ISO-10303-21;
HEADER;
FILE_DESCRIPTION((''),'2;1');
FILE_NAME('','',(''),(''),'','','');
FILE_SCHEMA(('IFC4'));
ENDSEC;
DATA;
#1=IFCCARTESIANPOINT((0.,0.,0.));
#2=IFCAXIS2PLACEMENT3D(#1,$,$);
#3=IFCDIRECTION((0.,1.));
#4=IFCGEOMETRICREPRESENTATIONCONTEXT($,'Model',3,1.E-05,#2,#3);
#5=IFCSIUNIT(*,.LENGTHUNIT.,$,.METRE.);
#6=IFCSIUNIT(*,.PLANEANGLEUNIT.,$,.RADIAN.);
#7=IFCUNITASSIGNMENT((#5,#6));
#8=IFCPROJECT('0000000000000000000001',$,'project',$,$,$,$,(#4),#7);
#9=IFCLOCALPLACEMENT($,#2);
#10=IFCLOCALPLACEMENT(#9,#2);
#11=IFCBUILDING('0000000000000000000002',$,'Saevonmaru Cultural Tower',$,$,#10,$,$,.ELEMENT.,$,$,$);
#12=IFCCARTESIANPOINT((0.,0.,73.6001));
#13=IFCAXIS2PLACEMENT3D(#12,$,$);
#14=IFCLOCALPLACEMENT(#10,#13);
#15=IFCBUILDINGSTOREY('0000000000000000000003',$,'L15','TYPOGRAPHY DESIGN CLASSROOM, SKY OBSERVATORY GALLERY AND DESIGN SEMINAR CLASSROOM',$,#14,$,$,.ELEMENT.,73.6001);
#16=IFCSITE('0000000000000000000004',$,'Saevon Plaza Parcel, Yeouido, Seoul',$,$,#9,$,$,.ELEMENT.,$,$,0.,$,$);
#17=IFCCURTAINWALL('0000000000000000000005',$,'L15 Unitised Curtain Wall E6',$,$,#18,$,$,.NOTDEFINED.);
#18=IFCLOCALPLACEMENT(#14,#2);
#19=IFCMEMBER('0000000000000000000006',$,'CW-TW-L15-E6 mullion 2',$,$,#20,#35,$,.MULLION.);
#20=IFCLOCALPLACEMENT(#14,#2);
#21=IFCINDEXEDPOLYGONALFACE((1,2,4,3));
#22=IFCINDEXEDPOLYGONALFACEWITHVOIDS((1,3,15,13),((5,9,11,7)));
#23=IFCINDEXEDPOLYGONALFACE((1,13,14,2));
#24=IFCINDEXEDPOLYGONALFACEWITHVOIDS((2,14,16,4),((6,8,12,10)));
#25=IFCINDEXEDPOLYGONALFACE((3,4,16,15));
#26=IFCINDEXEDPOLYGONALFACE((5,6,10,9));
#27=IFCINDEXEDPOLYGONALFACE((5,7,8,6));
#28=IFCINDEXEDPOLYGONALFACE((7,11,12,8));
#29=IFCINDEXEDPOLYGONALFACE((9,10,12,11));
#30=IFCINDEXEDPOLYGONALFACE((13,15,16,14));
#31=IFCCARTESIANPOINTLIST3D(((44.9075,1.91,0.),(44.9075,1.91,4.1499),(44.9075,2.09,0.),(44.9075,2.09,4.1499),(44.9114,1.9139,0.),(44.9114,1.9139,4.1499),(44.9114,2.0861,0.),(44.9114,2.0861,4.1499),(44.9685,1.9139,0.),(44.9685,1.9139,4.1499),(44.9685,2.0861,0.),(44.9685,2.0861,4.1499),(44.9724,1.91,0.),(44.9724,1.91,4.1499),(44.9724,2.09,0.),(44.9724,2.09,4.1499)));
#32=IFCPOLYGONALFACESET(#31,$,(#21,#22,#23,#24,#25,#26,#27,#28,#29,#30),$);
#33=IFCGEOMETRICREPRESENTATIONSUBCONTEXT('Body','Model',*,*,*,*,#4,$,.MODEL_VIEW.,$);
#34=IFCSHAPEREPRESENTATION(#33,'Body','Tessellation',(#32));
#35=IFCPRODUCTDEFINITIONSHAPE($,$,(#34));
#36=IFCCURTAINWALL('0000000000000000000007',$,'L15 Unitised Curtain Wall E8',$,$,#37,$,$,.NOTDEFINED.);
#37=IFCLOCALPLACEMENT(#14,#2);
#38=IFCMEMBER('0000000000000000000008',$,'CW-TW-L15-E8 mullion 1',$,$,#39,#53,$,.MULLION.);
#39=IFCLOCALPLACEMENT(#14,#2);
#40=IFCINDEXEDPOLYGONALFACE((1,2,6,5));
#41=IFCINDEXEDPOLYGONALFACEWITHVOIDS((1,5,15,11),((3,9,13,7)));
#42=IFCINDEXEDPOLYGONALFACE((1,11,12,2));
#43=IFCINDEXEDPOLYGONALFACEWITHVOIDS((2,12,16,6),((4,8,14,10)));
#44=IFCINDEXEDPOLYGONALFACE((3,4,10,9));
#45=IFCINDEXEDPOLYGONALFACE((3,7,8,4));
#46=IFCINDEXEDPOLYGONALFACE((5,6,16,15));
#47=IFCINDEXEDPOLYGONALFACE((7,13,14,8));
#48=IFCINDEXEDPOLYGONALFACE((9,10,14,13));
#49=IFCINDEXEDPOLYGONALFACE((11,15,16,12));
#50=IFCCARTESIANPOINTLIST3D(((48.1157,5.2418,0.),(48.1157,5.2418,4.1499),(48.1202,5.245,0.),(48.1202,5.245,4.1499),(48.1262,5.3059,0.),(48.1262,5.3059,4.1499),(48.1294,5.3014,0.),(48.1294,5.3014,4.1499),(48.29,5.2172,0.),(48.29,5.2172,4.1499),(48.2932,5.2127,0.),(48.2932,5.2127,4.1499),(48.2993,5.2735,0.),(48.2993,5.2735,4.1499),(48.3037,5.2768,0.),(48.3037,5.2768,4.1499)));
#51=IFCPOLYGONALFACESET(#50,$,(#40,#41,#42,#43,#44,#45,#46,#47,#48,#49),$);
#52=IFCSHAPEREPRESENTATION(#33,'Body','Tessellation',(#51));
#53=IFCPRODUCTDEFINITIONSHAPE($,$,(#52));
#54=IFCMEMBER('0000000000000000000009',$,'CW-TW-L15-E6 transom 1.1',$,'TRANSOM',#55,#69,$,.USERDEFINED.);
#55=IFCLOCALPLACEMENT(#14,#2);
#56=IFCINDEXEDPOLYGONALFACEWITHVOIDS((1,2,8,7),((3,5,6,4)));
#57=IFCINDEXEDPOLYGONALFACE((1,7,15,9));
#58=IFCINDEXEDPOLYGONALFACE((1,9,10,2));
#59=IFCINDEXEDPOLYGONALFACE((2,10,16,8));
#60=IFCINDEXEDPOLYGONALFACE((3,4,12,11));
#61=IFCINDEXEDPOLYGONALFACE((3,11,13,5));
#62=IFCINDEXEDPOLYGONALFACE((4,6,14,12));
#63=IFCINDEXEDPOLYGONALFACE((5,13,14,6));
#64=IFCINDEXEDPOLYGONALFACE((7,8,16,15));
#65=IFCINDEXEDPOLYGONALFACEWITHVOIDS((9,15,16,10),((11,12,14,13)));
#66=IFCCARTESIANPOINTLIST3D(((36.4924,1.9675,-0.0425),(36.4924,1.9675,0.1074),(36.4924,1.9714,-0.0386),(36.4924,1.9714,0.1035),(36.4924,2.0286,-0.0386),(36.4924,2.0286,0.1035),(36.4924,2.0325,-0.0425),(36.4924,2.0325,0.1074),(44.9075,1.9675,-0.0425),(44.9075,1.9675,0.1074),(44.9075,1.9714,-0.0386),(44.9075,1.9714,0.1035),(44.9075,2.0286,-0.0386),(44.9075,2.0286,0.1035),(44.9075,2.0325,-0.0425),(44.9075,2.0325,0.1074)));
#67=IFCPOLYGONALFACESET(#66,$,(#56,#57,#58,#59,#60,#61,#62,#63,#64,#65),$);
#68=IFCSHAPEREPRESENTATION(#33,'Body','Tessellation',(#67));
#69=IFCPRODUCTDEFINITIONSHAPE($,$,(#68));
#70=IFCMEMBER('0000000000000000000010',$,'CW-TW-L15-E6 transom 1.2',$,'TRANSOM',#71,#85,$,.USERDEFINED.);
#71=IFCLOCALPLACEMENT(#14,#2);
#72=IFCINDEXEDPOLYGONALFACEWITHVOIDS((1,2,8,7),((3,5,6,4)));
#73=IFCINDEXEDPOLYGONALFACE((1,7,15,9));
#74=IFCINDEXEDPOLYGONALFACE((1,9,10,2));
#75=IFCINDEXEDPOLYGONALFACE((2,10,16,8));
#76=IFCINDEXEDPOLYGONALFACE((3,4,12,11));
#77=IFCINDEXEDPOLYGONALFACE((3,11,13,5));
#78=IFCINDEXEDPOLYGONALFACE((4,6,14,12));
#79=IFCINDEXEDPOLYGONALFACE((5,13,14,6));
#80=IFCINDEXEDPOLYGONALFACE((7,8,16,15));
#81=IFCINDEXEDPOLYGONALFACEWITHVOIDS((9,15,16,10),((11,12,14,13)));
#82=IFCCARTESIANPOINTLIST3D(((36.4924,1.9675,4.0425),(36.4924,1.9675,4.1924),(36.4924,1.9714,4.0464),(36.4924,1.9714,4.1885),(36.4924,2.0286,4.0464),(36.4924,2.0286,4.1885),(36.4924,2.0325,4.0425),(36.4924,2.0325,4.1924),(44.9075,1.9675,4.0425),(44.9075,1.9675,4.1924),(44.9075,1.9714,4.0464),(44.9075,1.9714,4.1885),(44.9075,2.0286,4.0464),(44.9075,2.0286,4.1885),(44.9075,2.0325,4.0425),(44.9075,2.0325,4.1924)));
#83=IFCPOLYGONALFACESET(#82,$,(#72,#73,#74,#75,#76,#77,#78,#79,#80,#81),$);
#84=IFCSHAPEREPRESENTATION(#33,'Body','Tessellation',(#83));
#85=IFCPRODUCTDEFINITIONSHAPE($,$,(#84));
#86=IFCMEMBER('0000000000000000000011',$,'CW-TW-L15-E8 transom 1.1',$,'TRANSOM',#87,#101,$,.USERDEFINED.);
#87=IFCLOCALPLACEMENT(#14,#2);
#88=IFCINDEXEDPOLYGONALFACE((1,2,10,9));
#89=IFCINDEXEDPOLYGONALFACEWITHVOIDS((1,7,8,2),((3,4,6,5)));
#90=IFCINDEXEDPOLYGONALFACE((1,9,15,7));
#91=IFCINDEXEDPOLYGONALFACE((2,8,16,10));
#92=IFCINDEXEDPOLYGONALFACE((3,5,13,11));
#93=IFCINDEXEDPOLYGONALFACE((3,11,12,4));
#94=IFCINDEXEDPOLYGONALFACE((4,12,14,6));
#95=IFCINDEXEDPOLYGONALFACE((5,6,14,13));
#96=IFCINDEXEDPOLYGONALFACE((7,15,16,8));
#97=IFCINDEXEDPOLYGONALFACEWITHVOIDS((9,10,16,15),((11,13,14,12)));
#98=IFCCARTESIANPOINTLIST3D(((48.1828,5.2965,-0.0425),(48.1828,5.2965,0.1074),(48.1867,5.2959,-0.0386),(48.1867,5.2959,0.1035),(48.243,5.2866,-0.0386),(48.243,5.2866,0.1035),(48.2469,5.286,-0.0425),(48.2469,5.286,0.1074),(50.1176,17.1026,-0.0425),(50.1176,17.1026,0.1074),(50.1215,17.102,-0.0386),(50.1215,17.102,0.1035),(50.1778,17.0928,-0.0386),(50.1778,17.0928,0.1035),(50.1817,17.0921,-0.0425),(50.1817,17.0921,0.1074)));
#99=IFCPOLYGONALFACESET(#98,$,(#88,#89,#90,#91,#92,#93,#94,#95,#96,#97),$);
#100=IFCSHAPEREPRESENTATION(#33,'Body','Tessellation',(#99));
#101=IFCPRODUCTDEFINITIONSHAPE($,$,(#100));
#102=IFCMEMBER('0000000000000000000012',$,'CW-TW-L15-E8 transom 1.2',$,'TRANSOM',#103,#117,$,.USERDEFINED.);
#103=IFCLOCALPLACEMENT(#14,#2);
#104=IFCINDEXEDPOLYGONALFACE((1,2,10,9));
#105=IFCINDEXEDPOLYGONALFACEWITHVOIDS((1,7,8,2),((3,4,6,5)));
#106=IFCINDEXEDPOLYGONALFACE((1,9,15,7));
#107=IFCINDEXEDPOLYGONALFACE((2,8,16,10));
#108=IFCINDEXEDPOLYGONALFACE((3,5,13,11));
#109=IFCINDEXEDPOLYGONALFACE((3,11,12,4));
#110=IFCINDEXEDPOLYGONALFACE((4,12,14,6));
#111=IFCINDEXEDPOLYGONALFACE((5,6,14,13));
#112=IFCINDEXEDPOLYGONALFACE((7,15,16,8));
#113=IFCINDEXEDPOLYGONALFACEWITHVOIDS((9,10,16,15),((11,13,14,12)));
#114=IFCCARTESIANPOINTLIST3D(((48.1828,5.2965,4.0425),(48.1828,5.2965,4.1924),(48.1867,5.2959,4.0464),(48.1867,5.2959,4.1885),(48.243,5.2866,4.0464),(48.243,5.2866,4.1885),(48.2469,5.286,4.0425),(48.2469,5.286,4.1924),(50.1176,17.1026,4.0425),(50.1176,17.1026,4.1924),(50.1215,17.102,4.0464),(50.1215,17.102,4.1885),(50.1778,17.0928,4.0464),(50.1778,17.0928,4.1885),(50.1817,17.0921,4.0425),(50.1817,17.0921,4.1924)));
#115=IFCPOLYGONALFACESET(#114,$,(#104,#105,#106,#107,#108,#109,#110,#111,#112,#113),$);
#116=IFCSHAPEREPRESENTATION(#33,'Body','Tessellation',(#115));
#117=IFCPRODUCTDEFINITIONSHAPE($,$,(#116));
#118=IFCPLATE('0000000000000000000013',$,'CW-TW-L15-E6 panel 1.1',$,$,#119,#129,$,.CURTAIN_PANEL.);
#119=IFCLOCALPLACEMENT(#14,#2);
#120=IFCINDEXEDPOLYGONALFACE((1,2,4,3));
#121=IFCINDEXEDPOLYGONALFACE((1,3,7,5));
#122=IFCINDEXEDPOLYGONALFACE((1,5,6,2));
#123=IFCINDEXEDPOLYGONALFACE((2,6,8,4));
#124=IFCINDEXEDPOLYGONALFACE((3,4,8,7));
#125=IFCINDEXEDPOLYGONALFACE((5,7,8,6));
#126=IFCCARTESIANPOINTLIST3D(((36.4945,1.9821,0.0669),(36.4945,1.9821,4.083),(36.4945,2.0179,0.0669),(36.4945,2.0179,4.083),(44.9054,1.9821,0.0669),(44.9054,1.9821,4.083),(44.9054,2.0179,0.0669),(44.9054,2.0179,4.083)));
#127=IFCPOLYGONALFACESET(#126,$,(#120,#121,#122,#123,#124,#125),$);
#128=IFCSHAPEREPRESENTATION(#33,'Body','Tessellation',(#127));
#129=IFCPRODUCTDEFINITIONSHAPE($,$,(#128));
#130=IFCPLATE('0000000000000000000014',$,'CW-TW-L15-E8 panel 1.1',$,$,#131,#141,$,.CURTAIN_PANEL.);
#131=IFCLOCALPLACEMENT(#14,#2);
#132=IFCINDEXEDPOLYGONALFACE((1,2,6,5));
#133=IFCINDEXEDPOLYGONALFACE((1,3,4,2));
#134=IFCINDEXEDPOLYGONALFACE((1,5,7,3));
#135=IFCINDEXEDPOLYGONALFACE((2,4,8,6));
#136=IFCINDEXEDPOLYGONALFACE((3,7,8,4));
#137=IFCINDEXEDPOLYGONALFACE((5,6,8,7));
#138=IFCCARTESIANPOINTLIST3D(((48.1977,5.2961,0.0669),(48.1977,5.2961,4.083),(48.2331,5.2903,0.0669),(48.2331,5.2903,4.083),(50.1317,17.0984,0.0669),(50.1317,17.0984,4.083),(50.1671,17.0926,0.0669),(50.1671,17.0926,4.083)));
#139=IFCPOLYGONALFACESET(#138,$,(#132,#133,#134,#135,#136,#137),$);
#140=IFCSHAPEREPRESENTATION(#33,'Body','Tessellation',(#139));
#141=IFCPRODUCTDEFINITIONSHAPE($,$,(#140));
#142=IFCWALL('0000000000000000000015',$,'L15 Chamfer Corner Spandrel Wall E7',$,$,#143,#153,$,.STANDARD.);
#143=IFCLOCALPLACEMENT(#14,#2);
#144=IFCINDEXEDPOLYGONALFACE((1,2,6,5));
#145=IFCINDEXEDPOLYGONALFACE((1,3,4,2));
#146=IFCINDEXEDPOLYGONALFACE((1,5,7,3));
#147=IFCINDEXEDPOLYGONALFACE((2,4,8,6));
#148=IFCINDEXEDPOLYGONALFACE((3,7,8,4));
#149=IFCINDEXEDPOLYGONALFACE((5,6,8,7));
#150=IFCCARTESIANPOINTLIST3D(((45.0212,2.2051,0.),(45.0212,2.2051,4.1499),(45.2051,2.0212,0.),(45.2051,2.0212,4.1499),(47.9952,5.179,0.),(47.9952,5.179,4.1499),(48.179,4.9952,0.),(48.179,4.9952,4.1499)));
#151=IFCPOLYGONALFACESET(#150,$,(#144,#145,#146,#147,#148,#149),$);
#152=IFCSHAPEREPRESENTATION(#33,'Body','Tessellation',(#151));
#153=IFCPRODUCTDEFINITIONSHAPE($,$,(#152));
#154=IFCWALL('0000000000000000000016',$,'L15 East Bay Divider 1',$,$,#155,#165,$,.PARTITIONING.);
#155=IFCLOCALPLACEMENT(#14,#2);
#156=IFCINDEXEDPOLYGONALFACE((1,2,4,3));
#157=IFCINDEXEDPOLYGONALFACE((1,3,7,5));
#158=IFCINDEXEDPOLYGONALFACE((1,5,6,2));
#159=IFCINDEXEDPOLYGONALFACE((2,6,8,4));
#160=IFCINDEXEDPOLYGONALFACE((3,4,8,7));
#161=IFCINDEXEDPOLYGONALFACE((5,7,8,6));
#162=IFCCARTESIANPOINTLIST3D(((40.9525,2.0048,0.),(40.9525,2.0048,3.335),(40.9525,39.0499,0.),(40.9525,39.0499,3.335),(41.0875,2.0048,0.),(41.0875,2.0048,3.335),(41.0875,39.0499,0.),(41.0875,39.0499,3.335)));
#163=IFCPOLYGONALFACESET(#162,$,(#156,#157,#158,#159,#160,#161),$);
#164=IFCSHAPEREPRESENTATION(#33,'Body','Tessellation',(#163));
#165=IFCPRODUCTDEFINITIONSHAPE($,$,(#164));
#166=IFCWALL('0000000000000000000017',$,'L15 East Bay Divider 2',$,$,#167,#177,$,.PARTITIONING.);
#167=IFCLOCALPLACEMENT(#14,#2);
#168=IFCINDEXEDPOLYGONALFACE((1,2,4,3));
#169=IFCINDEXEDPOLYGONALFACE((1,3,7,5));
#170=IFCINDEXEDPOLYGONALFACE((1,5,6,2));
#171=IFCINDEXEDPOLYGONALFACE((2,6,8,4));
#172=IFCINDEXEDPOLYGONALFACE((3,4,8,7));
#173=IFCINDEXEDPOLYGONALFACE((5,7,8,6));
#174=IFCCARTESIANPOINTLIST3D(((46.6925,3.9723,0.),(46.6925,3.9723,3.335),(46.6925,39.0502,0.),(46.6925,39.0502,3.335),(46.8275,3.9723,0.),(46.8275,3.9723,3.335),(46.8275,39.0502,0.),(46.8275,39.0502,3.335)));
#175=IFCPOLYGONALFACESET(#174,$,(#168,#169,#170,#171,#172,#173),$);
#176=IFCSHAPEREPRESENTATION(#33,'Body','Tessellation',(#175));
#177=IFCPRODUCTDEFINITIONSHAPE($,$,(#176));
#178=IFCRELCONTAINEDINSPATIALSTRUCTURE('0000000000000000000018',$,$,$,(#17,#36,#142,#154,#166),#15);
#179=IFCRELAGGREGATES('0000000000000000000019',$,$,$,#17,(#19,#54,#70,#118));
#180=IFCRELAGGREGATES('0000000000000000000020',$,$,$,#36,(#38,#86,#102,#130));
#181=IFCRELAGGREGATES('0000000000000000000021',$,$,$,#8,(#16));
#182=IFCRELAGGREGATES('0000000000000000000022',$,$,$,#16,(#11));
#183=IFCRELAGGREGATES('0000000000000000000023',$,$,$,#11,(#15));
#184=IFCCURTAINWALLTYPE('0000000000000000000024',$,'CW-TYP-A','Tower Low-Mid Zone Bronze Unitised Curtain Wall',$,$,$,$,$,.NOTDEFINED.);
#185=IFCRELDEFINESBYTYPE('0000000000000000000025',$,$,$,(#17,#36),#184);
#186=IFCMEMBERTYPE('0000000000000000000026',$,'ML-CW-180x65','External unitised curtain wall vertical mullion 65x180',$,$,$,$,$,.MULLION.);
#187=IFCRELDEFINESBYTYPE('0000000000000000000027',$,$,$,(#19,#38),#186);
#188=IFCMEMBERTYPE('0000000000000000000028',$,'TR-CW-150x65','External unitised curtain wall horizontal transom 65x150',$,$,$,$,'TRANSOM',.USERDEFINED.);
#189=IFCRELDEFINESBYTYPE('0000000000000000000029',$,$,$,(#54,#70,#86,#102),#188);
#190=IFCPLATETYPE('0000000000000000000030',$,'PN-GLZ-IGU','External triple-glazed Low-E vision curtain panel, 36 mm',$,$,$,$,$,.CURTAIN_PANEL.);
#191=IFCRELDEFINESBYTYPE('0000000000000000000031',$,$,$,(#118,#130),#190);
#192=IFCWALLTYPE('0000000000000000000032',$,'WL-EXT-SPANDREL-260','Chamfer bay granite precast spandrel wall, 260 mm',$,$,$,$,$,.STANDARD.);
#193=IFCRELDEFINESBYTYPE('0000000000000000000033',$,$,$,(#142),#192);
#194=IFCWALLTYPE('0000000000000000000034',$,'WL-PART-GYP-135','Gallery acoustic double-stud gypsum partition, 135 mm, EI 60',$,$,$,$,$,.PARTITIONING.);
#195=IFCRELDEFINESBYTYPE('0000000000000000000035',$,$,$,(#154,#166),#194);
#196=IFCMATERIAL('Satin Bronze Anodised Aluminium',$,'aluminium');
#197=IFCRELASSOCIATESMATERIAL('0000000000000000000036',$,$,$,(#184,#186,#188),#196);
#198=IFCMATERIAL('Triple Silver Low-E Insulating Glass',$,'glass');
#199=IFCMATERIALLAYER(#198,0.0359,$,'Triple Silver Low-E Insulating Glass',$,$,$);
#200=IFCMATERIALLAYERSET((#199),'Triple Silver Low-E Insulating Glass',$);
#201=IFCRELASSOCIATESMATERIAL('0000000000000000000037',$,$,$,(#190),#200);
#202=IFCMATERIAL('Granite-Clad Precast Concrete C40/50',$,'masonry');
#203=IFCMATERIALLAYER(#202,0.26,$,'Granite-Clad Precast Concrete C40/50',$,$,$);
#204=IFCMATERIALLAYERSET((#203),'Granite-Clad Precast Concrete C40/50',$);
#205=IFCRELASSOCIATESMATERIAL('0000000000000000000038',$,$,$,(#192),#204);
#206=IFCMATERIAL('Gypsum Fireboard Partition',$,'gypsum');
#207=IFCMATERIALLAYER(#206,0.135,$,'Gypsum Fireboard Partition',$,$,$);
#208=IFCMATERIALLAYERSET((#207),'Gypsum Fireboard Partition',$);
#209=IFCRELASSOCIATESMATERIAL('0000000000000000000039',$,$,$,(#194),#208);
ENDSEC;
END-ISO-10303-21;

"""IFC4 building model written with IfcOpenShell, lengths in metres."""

from ifc_helpers import new_model, si_unit, direction, frame, frame_2d, origin, origin_2d, place, context, subcontext, project, spatial, rectangle, hollow_rectangle, extrude, material, layer, layer_set, material_profile, profile_set, type_object, element, aggregate, save


model = new_model("IFC4")

# Units and contexts
model_context = context("Model", 3, precision=1e-05, world=origin(), true_north=direction((0.0, 1.0)))
body_context = subcontext(model_context, "Body", "Model", "MODEL_VIEW")
ifc_project = project(units=[si_unit("LENGTHUNIT", "METRE"), si_unit("PLANEANGLEUNIT", "RADIAN")], contexts=[model_context])

# Site, building, storey
site_placement = place(None, origin())
site = spatial("IfcSite", under=ifc_project, at=site_placement, Name="Saevon Plaza Parcel, Yeouido, Seoul", CompositionType="ELEMENT", RefElevation=0.0)
building_placement = place(site_placement, origin())
building = spatial("IfcBuilding", under=site, at=building_placement, Name="Saevonmaru Cultural Tower", CompositionType="ELEMENT")
storey_placement = place(building_placement, frame((0.0, 0.0, 73.6001)))
storey = spatial("IfcBuildingStorey", under=building, at=storey_placement, Name="L15", Description="TYPOGRAPHY DESIGN CLASSROOM, SKY OBSERVATORY GALLERY AND DESIGN SEMINAR CLASSROOM", CompositionType="ELEMENT", Elevation=73.6001)

# Curtain walls, members
ifc_material_1 = material(Name="Satin Bronze Anodised Aluminium", Category="aluminium")
curtain_wall_type = type_object("IfcCurtainWallType", Name="CW-TYP-A", Description="Tower Low-Mid Zone Bronze Unitised Curtain Wall", PredefinedType="NOTDEFINED", material=ifc_material_1)
curtain_wall_1_placement = place(storey_placement, origin())
curtain_wall_1 = element("IfcCurtainWall", 1, at=curtain_wall_1_placement, inside=storey, type_object=curtain_wall_type, Name="L15 Unitised Curtain Wall E6", PredefinedType="NOTDEFINED")
ifc_material_profile_1 = material_profile(ifc_material_1, hollow_rectangle(XDim=0.0649, YDim=0.1799, WallThickness=0.0039, at=origin_2d()), Name="ALU-MULL-180x65x4")
ifc_profile_set_1 = profile_set([ifc_material_profile_1], Name="Satin Bronze Anodised Aluminium")
member_type_1 = type_object("IfcMemberType", Name="ML-CW-180x65", Description="External unitised curtain wall vertical mullion 65x180", PredefinedType="MULLION", material=ifc_profile_set_1)
member_1_placement = place(storey_placement, frame((44.9399, 2.0, 0.0), z_axis=(0.0, 0.0, 1.0), x_axis=(1.0, 0.0, 0.0)))
member_1 = element("IfcMember", 2, at=member_1_placement, type_object=member_type_1, Name="CW-TW-L15-E6 mullion 2", PredefinedType="MULLION", context=body_context, shape_type="SweptSolid", body=[
    extrude(hollow_rectangle(XDim=0.0649, YDim=0.1799, WallThickness=0.0039, at=origin_2d()), origin(), (0.0, 0.0, 1.0), 4.1499),
])
curtain_wall_2_placement = place(storey_placement, origin())
curtain_wall_2 = element("IfcCurtainWall", 3, at=curtain_wall_2_placement, inside=storey, type_object=curtain_wall_type, Name="L15 Unitised Curtain Wall E8", PredefinedType="NOTDEFINED")
member_2_placement = place(storey_placement, frame((48.2097, 5.2593, 0.0), z_axis=(0.0, 0.0, 1.0), x_axis=(0.161709, 0.986839, 0.0)))
member_2 = element("IfcMember", 4, at=member_2_placement, type_object=member_type_1, Name="CW-TW-L15-E8 mullion 1", PredefinedType="MULLION", context=body_context, shape_type="SweptSolid", body=[
    extrude(hollow_rectangle(XDim=0.0649, YDim=0.1799, WallThickness=0.0039, at=origin_2d()), origin(), (0.0, 0.0, 1.0), 4.1499),
])

# Members
ifc_material_profile_2 = material_profile(ifc_material_1, hollow_rectangle(XDim=0.0649, YDim=0.1499, WallThickness=0.0039, at=origin_2d()), Name="ALU-TRAN-150x65x4")
ifc_profile_set_2 = profile_set([ifc_material_profile_2], Name="Satin Bronze Anodised Aluminium")
member_type_2 = type_object("IfcMemberType", Name="TR-CW-150x65", Description="External unitised curtain wall horizontal transom 65x150", ElementType="TRANSOM", PredefinedType="USERDEFINED", material=ifc_profile_set_2)
member_3_placement = place(storey_placement, frame((36.4924, 2.0, 0.0325), z_axis=(1.0, 0.0, 0.0), x_axis=(0.0, 1.0, 0.0)))
member_3 = element("IfcMember", 5, at=member_3_placement, type_object=member_type_2, Name="CW-TW-L15-E6 transom 1.1", ObjectType="TRANSOM", PredefinedType="USERDEFINED", context=body_context, shape_type="SweptSolid", body=[
    extrude(hollow_rectangle(XDim=0.0649, YDim=0.1499, WallThickness=0.0039, at=origin_2d()), origin(), (0.0, 0.0, 1.0), 8.415),
])
member_4_placement = place(storey_placement, frame((36.4924, 2.0, 4.1174), z_axis=(1.0, 0.0, 0.0), x_axis=(0.0, 1.0, 0.0)))
member_4 = element("IfcMember", 6, at=member_4_placement, type_object=member_type_2, Name="CW-TW-L15-E6 transom 1.2", ObjectType="TRANSOM", PredefinedType="USERDEFINED", context=body_context, shape_type="SweptSolid", body=[
    extrude(hollow_rectangle(XDim=0.0649, YDim=0.1499, WallThickness=0.0039, at=origin_2d()), origin(), (0.0, 0.0, 1.0), 8.415),
])
member_5_placement = place(storey_placement, frame((48.2148, 5.2913, 0.0325), z_axis=(0.161725, 0.986836, 0.0), x_axis=(-0.986836, 0.161725, 0.0)))
member_5 = element("IfcMember", 7, at=member_5_placement, type_object=member_type_2, Name="CW-TW-L15-E8 transom 1.1", ObjectType="TRANSOM", PredefinedType="USERDEFINED", context=body_context, shape_type="SweptSolid", body=[
    extrude(hollow_rectangle(XDim=0.0649, YDim=0.1499, WallThickness=0.0039, at=origin_2d()), origin(), (0.0, 0.0, 1.0), 11.9636),
])
member_6_placement = place(storey_placement, frame((48.2148, 5.2913, 4.1174), z_axis=(0.161725, 0.986836, 0.0), x_axis=(-0.986836, 0.161725, 0.0)))
member_6 = element("IfcMember", 8, at=member_6_placement, type_object=member_type_2, Name="CW-TW-L15-E8 transom 1.2", ObjectType="TRANSOM", PredefinedType="USERDEFINED", context=body_context, shape_type="SweptSolid", body=[
    extrude(hollow_rectangle(XDim=0.0649, YDim=0.1499, WallThickness=0.0039, at=origin_2d()), origin(), (0.0, 0.0, 1.0), 11.9636),
])

# Plates
ifc_material_2 = material(Name="Triple Silver Low-E Insulating Glass", Category="glass")
ifc_layer_1 = layer(ifc_material_2, 0.0359, Name="Triple Silver Low-E Insulating Glass")
ifc_layer_set_1 = layer_set([ifc_layer_1], Name="Triple Silver Low-E Insulating Glass")
plate_type = type_object("IfcPlateType", Name="PN-GLZ-IGU", Description="External triple-glazed Low-E vision curtain panel, 36 mm", PredefinedType="CURTAIN_PANEL", material=ifc_layer_set_1)
plate_1_placement = place(storey_placement, frame((40.7, 2.0, 0.0669), z_axis=(0.0, 0.0, 1.0), x_axis=(1.0, 0.0, 0.0)))
plate_1 = element("IfcPlate", 9, at=plate_1_placement, type_object=plate_type, Name="CW-TW-L15-E6 panel 1.1", PredefinedType="CURTAIN_PANEL", context=body_context, shape_type="SweptSolid", body=[
    extrude(rectangle(XDim=8.4109, YDim=0.0359, at=origin_2d()), origin(), (0.0, 0.0, 1.0), 4.0161),
])
aggregate(curtain_wall_1, [member_1, member_3, member_4, plate_1])
plate_2_placement = place(storey_placement, frame((49.1824, 11.1943, 0.0669), z_axis=(0.0, 0.0, 1.0), x_axis=(0.161709, 0.986839, 0.0)))
plate_2 = element("IfcPlate", 10, at=plate_2_placement, type_object=plate_type, Name="CW-TW-L15-E8 panel 1.1", PredefinedType="CURTAIN_PANEL", context=body_context, shape_type="SweptSolid", body=[
    extrude(rectangle(XDim=11.9597, YDim=0.0359, at=origin_2d()), origin(), (0.0, 0.0, 1.0), 4.0161),
])
aggregate(curtain_wall_2, [member_2, member_5, member_6, plate_2])

# Walls
ifc_material_3 = material(Name="Granite-Clad Precast Concrete C40/50", Category="masonry")
ifc_layer_2 = layer(ifc_material_3, 0.26, Name="Granite-Clad Precast Concrete C40/50")
ifc_layer_set_2 = layer_set([ifc_layer_2], Name="Granite-Clad Precast Concrete C40/50")
wall_type_1 = type_object("IfcWallType", Name="WL-EXT-SPANDREL-260", Description="Chamfer bay granite precast spandrel wall, 260 mm", PredefinedType="STANDARD", material=ifc_layer_set_2)
wall_1_placement = place(storey_placement, frame((45.113, 2.113, 0.0), z_axis=(0.0, 0.0, 1.0), x_axis=(0.707107, 0.707107, 0.0)))
element("IfcWall", 11, at=wall_1_placement, inside=storey, type_object=wall_type_1, Name="L15 Chamfer Corner Spandrel Wall E7", PredefinedType="STANDARD", context=body_context, shape_type="SweptSolid", body=[
    extrude(rectangle(XDim=4.2058, YDim=0.26, at=frame_2d((2.103, 0.0))), origin(), (0.0, 0.0, 1.0), 4.1499),
])
ifc_material_4 = material(Name="Gypsum Fireboard Partition", Category="gypsum")
ifc_layer_3 = layer(ifc_material_4, 0.135, Name="Gypsum Fireboard Partition")
ifc_layer_set_3 = layer_set([ifc_layer_3], Name="Gypsum Fireboard Partition")
wall_type_2 = type_object("IfcWallType", Name="WL-PART-GYP-135", Description="Gallery acoustic double-stud gypsum partition, 135 mm, EI 60", PredefinedType="PARTITIONING", material=ifc_layer_set_3)
wall_2_placement = place(storey_placement, frame((41.02, 2.0049, 0.0), z_axis=(0.0, 0.0, 1.0), x_axis=(0.0, 1.0, 0.0)))
element("IfcWall", 12, at=wall_2_placement, inside=storey, type_object=wall_type_2, Name="L15 East Bay Divider 1", PredefinedType="PARTITIONING", context=body_context, shape_type="SweptSolid", body=[
    extrude(rectangle(XDim=37.0452, YDim=0.135, at=frame_2d((18.5225, 0.0))), origin(), (0.0, 0.0, 1.0), 3.335),
])
wall_3_placement = place(storey_placement, frame((46.76, 3.9722, 0.0), z_axis=(0.0, 0.0, 1.0), x_axis=(0.0, 1.0, 0.0)))
element("IfcWall", 13, at=wall_3_placement, inside=storey, type_object=wall_type_2, Name="L15 East Bay Divider 2", PredefinedType="PARTITIONING", context=body_context, shape_type="SweptSolid", body=[
    extrude(rectangle(XDim=35.0779, YDim=0.135, at=frame_2d((17.5391, 0.0))), origin(), (0.0, 0.0, 1.0), 3.335),
])

save(model, "model.ifc")
